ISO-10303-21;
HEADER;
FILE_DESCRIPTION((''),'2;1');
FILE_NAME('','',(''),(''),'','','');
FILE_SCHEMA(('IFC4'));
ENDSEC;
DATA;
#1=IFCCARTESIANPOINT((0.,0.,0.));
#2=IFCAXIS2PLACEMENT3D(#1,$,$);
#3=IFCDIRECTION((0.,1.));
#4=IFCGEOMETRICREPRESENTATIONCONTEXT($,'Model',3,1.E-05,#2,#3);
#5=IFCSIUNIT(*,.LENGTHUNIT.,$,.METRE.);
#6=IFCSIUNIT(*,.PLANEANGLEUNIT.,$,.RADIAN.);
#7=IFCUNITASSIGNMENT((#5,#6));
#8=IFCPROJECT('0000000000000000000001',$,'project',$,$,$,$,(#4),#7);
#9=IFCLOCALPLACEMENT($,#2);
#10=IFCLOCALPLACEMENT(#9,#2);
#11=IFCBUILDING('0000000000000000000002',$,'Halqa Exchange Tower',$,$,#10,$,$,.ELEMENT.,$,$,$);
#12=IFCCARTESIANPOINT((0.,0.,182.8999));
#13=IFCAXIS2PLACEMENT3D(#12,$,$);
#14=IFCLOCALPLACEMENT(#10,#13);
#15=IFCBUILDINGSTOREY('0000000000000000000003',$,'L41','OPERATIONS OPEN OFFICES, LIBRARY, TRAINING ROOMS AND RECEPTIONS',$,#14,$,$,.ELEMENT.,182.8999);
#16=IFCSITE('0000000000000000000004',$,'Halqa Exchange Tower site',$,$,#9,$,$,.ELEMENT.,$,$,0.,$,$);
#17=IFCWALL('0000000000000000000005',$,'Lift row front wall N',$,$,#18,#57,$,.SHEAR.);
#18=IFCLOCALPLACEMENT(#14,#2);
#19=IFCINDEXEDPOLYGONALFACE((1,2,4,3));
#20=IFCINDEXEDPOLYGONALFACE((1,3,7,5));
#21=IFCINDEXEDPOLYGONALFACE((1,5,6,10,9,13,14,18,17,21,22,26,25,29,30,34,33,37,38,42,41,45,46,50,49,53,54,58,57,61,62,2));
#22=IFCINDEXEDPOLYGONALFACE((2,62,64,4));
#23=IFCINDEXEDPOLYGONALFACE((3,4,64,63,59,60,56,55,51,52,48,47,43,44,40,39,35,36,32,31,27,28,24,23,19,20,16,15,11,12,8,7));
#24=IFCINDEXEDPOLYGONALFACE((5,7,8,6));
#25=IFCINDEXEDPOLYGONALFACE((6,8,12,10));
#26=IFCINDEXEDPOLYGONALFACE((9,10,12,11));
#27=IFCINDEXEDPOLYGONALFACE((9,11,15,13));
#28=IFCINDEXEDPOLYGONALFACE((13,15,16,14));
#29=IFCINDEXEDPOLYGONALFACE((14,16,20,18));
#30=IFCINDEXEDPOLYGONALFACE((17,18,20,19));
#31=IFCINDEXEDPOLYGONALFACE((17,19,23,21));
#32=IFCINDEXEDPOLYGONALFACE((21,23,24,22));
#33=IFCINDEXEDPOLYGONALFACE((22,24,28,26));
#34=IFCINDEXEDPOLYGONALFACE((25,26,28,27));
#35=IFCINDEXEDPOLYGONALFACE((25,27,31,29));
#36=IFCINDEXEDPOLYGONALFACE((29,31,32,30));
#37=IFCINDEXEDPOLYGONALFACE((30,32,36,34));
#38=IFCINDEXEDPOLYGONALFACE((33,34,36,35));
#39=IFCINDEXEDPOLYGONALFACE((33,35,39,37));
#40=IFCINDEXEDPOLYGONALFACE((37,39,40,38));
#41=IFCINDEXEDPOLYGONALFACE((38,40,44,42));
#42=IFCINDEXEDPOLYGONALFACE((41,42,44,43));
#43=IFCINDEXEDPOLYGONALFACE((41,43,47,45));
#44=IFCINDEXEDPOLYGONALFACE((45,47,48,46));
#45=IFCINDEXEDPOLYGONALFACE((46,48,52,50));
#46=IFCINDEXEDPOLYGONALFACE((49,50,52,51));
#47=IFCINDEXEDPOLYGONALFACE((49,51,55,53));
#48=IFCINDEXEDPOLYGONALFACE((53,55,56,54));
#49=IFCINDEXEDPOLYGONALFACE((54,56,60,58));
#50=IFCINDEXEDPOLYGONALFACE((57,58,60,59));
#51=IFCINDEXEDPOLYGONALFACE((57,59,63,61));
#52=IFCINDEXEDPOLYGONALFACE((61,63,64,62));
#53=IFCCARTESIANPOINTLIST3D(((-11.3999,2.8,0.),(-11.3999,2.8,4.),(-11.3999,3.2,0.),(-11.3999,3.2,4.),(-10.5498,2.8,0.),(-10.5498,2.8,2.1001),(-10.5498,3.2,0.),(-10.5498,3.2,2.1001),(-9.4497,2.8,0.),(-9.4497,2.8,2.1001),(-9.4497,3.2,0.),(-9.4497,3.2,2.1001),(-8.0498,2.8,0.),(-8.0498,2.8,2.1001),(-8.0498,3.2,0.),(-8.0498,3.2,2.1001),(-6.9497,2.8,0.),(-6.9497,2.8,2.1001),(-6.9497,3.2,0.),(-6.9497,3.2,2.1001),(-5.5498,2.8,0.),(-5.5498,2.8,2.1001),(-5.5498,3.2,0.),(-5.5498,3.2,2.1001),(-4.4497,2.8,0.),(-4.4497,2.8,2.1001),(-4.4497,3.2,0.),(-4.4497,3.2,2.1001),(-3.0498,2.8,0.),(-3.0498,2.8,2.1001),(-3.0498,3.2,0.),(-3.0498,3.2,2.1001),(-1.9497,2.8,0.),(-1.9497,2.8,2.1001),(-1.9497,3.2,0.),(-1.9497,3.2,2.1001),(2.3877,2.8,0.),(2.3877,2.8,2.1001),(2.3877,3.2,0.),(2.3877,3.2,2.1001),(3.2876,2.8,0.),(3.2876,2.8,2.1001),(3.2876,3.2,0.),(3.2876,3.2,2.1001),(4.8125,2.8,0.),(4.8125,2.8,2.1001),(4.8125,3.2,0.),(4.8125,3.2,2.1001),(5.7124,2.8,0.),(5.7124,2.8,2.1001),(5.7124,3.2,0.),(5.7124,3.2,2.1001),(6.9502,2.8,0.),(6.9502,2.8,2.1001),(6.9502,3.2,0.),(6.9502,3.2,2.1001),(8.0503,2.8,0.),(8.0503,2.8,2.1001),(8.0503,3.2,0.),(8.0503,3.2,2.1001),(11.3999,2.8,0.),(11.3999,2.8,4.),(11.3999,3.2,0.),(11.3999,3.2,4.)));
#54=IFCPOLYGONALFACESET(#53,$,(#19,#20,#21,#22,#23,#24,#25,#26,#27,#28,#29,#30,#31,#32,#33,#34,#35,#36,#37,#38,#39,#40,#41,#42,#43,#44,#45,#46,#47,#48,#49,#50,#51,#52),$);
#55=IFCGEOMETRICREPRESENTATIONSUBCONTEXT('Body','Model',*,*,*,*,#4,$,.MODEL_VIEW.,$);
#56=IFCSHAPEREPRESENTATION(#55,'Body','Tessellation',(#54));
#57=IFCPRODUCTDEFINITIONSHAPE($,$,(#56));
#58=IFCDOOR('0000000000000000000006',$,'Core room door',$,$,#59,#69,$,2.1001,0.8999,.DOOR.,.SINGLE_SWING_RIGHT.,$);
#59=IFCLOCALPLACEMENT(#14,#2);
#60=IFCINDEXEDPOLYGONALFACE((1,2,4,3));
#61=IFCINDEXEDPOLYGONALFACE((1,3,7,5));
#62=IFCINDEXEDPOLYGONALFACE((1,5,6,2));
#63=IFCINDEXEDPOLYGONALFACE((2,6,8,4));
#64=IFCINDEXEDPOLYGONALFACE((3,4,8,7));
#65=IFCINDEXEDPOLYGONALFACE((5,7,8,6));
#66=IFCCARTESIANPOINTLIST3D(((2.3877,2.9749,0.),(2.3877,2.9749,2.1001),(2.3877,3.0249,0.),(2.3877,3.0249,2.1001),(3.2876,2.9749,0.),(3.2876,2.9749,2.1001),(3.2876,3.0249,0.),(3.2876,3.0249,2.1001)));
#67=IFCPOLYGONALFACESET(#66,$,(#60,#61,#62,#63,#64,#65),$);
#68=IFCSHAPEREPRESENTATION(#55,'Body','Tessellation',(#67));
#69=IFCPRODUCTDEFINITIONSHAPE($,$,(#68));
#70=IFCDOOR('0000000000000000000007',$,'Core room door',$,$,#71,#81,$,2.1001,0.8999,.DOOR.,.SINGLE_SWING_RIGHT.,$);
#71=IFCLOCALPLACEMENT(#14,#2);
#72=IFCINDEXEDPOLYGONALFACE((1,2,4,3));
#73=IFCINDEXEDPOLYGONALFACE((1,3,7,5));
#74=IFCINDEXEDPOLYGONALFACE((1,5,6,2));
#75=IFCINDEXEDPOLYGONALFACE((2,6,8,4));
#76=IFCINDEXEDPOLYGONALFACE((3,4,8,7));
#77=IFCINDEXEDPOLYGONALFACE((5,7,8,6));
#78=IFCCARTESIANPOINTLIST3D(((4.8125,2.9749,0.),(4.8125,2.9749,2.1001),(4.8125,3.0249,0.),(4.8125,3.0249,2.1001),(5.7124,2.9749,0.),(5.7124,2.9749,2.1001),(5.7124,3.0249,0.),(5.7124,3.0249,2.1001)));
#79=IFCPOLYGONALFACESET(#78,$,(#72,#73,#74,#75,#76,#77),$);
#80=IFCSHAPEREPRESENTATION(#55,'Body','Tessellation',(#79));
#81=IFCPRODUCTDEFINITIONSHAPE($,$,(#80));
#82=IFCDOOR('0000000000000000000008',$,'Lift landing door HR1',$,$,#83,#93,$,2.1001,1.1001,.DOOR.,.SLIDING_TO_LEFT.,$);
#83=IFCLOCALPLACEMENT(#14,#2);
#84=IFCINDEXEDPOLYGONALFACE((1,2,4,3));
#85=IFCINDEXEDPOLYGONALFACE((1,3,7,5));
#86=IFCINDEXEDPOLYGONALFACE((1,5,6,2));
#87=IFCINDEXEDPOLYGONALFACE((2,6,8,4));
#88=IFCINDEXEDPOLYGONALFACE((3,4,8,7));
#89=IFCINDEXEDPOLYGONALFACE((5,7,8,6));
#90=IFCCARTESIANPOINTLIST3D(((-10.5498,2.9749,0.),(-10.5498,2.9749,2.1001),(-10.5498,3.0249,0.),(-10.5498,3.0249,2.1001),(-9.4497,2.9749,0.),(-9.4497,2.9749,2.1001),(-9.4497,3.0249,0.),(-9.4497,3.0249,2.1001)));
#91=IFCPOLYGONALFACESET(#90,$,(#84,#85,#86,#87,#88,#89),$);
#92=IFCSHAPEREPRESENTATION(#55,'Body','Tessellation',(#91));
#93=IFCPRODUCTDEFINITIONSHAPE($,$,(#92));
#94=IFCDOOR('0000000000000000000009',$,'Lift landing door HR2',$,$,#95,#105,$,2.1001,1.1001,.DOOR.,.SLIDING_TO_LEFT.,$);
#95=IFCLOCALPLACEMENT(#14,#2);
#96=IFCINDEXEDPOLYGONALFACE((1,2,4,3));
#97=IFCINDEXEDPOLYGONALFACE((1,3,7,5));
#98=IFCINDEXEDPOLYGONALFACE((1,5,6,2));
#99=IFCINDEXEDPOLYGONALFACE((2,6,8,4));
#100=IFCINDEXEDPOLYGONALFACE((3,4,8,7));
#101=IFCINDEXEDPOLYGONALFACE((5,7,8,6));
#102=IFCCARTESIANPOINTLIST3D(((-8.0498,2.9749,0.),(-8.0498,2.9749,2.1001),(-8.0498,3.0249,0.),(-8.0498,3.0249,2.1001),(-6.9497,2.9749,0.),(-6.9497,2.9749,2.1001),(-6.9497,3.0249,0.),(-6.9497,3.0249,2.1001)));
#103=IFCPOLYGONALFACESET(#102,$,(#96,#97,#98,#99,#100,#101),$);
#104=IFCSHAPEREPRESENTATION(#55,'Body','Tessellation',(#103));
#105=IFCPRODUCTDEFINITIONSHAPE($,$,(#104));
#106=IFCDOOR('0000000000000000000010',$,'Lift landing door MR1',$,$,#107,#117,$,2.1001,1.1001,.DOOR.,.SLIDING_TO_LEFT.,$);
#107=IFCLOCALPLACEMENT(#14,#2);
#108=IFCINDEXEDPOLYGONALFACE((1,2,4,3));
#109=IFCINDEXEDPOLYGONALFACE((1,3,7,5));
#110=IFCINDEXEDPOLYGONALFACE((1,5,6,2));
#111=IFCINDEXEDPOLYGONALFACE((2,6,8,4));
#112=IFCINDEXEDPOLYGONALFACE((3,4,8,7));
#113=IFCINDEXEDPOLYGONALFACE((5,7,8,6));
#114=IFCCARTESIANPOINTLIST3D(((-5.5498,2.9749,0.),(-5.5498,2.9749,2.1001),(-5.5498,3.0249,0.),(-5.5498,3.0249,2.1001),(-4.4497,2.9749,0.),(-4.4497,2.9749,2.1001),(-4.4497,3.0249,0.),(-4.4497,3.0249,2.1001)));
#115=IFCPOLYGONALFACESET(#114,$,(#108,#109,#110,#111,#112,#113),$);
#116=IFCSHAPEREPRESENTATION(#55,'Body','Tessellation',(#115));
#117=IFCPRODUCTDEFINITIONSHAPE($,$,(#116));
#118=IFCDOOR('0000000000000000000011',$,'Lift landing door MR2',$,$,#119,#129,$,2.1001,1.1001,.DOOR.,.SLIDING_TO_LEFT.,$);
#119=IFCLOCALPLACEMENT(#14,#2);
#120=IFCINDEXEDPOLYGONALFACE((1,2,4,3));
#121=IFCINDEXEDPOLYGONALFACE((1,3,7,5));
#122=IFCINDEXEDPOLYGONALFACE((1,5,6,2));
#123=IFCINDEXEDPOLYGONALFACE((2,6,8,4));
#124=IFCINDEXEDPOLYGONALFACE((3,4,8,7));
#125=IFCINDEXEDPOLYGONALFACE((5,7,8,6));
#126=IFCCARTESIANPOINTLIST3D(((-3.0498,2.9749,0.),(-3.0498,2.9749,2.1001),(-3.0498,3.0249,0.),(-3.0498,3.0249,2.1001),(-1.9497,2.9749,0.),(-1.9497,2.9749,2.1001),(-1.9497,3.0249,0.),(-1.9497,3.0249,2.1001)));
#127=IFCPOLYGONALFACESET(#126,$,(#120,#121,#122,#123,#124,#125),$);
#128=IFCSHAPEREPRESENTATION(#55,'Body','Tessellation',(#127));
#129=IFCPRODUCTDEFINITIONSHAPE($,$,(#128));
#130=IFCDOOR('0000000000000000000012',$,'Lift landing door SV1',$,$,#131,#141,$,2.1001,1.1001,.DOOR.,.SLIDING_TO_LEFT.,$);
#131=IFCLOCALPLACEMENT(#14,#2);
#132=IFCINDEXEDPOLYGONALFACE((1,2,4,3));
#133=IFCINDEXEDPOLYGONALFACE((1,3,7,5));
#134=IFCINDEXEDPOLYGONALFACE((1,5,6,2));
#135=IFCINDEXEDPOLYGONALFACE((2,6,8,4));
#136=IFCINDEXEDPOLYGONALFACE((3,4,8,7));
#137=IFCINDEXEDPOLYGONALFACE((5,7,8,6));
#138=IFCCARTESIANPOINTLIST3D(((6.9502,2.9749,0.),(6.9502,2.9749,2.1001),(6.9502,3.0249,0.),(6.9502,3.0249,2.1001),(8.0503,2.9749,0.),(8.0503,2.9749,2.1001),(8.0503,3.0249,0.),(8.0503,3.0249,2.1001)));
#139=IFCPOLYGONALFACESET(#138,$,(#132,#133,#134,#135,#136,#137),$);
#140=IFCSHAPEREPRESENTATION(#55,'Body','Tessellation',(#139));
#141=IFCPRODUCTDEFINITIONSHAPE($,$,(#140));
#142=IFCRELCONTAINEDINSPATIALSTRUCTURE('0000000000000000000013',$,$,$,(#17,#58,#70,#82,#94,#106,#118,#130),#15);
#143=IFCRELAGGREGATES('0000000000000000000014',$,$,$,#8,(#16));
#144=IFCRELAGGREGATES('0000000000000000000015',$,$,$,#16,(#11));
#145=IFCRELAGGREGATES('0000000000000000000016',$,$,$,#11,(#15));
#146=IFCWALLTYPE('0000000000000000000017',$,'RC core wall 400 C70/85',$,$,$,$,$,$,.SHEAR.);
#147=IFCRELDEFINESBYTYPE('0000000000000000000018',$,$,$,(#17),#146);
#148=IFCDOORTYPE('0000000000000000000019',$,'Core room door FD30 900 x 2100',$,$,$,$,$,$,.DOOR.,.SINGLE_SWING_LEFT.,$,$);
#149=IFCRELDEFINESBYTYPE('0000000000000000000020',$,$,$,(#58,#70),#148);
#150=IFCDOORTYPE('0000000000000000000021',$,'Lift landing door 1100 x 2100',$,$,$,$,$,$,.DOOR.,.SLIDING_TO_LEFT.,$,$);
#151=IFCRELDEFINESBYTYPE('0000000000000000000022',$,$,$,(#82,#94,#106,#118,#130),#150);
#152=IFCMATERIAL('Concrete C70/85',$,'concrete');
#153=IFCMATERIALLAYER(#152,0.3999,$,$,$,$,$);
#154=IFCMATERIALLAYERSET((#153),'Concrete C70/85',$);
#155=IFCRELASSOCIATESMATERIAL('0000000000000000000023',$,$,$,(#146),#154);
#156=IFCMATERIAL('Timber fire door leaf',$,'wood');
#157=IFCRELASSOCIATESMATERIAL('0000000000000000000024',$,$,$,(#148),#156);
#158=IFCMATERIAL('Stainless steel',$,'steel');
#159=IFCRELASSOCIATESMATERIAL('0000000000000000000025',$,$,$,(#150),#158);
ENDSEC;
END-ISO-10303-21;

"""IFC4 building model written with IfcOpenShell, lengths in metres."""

from ifc_helpers import new_model, si_unit, direction, frame, frame_2d, origin, place, context, subcontext, project, spatial, rectangle, extrude, material, layer, layer_set, type_object, element, fill, save


model = new_model("IFC4")

# Units and contexts
model_context = context("Model", 3, precision=1e-05, world=origin(), true_north=direction((0.0, 1.0)))
body_context = subcontext(model_context, "Body", "Model", "MODEL_VIEW")
ifc_project = project(units=[si_unit("LENGTHUNIT", "METRE"), si_unit("PLANEANGLEUNIT", "RADIAN")], contexts=[model_context])

# Site, building, storey
site_placement = place(None, origin())
site = spatial("IfcSite", under=ifc_project, at=site_placement, Name="Halqa Exchange Tower site", CompositionType="ELEMENT", RefElevation=0.0)
building_placement = place(site_placement, origin())
building = spatial("IfcBuilding", under=site, at=building_placement, Name="Halqa Exchange Tower", CompositionType="ELEMENT")
storey_placement = place(building_placement, frame((0.0, 0.0, 182.8999)))
storey = spatial("IfcBuildingStorey", under=building, at=storey_placement, Name="L41", Description="OPERATIONS OPEN OFFICES, LIBRARY, TRAINING ROOMS AND RECEPTIONS", CompositionType="ELEMENT", Elevation=182.8999)

# Wall, openings, doors
ifc_material_1 = material(Name="Concrete C70/85", Category="concrete")
ifc_layer_1 = layer(ifc_material_1, 0.3999)
ifc_layer_set_1 = layer_set([ifc_layer_1], Name="Concrete C70/85")
wall_type_1 = type_object("IfcWallType", Name="RC core wall 400 C70/85", PredefinedType="SHEAR", material=ifc_layer_set_1)
wall_1_placement = place(storey_placement, frame((-11.3999, 3.0, 0.0), z_axis=(0.0, 0.0, 1.0), x_axis=(1.0, 0.0, 0.0)))
wall_1 = element("IfcWall", 1, at=wall_1_placement, inside=storey, type_object=wall_type_1, Name="Lift row front wall N", PredefinedType="SHEAR", context=body_context, shape_type="SweptSolid", body=[
    extrude(rectangle(XDim=22.7998, YDim=0.3999, at=frame_2d((11.3999, 0.0))), origin(), (0.0, 0.0, 1.0), 4.0),
])
opening_1_placement = place(wall_1_placement, frame((0.8501, 0.0, 0.0)))
opening_1 = element("IfcOpeningElement", 2, at=opening_1_placement, cuts=wall_1, PredefinedType="OPENING", context=body_context, shape_type="SweptSolid", body=[
    extrude(rectangle(XDim=1.1001, YDim=2.1001, at=frame_2d((0.55, 1.05))), frame((0.0, 0.2119, 0.0), z_axis=(0.0, -1.0, 0.0), x_axis=(1.0, 0.0, 0.0)), (0.0, 0.0, 1.0), 0.4238),
])
opening_2_placement = place(wall_1_placement, frame((3.3501, 0.0, 0.0)))
opening_2 = element("IfcOpeningElement", 3, at=opening_2_placement, cuts=wall_1, PredefinedType="OPENING", context=body_context, shape_type="SweptSolid", body=[
    extrude(rectangle(XDim=1.1001, YDim=2.1001, at=frame_2d((0.55, 1.05))), frame((0.0, 0.2119, 0.0), z_axis=(0.0, -1.0, 0.0), x_axis=(1.0, 0.0, 0.0)), (0.0, 0.0, 1.0), 0.4238),
])
opening_3_placement = place(wall_1_placement, frame((5.8501, 0.0, 0.0)))
opening_3 = element("IfcOpeningElement", 4, at=opening_3_placement, cuts=wall_1, PredefinedType="OPENING", context=body_context, shape_type="SweptSolid", body=[
    extrude(rectangle(XDim=1.1001, YDim=2.1001, at=frame_2d((0.55, 1.05))), frame((0.0, 0.2119, 0.0), z_axis=(0.0, -1.0, 0.0), x_axis=(1.0, 0.0, 0.0)), (0.0, 0.0, 1.0), 0.4238),
])
opening_4_placement = place(wall_1_placement, frame((8.3501, 0.0, 0.0)))
opening_4 = element("IfcOpeningElement", 5, at=opening_4_placement, cuts=wall_1, PredefinedType="OPENING", context=body_context, shape_type="SweptSolid", body=[
    extrude(rectangle(XDim=1.1001, YDim=2.1001, at=frame_2d((0.55, 1.05))), frame((0.0, 0.2119, 0.0), z_axis=(0.0, -1.0, 0.0), x_axis=(1.0, 0.0, 0.0)), (0.0, 0.0, 1.0), 0.4238),
])
opening_5_placement = place(wall_1_placement, frame((18.3501, 0.0, 0.0)))
opening_5 = element("IfcOpeningElement", 6, at=opening_5_placement, cuts=wall_1, PredefinedType="OPENING", context=body_context, shape_type="SweptSolid", body=[
    extrude(rectangle(XDim=1.1001, YDim=2.1001, at=frame_2d((0.55, 1.05))), frame((0.0, 0.2119, 0.0), z_axis=(0.0, -1.0, 0.0), x_axis=(1.0, 0.0, 0.0)), (0.0, 0.0, 1.0), 0.4238),
])
opening_6_placement = place(wall_1_placement, frame((13.7876, 0.0, 0.0)))
opening_6 = element("IfcOpeningElement", 7, at=opening_6_placement, cuts=wall_1, PredefinedType="OPENING", context=body_context, shape_type="SweptSolid", body=[
    extrude(rectangle(XDim=0.8999, YDim=2.1001, at=frame_2d((0.45, 1.05))), frame((0.0, 0.2119, 0.0), z_axis=(0.0, -1.0, 0.0), x_axis=(1.0, 0.0, 0.0)), (0.0, 0.0, 1.0), 0.4238),
])
opening_7_placement = place(wall_1_placement, frame((16.2124, 0.0, 0.0)))
opening_7 = element("IfcOpeningElement", 8, at=opening_7_placement, cuts=wall_1, PredefinedType="OPENING", context=body_context, shape_type="SweptSolid", body=[
    extrude(rectangle(XDim=0.8999, YDim=2.1001, at=frame_2d((0.45, 1.05))), frame((0.0, 0.2119, 0.0), z_axis=(0.0, -1.0, 0.0), x_axis=(1.0, 0.0, 0.0)), (0.0, 0.0, 1.0), 0.4238),
])
ifc_material_2 = material(Name="Timber fire door leaf", Category="wood")
door_type_1 = type_object("IfcDoorType", Name="Core room door FD30 900 x 2100", OperationType="SINGLE_SWING_LEFT", PredefinedType="DOOR", material=ifc_material_2)
door_1_placement = place(opening_6_placement, origin())
door_1 = element("IfcDoor", 9, at=door_1_placement, inside=storey, type_object=door_type_1, Name="Core room door", OperationType="SINGLE_SWING_RIGHT", OverallHeight=2.1001, OverallWidth=0.8999, PredefinedType="DOOR", context=body_context, shape_type="SweptSolid", body=[
    extrude(rectangle(XDim=0.8999, YDim=2.1001, at=frame_2d((0.45, 1.05))), frame((0.0, 0.0249, 0.0), z_axis=(0.0, -1.0, 0.0), x_axis=(1.0, 0.0, 0.0)), (0.0, 0.0, 1.0), 0.05),
])
fill(opening_6, door_1)
door_2_placement = place(opening_7_placement, origin())
door_2 = element("IfcDoor", 10, at=door_2_placement, inside=storey, type_object=door_type_1, Name="Core room door", OperationType="SINGLE_SWING_RIGHT", OverallHeight=2.1001, OverallWidth=0.8999, PredefinedType="DOOR", context=body_context, shape_type="SweptSolid", body=[
    extrude(rectangle(XDim=0.8999, YDim=2.1001, at=frame_2d((0.45, 1.05))), frame((0.0, 0.0249, 0.0), z_axis=(0.0, -1.0, 0.0), x_axis=(1.0, 0.0, 0.0)), (0.0, 0.0, 1.0), 0.05),
])
fill(opening_7, door_2)
ifc_material_3 = material(Name="Stainless steel", Category="steel")
door_type_2 = type_object("IfcDoorType", Name="Lift landing door 1100 x 2100", OperationType="SLIDING_TO_LEFT", PredefinedType="DOOR", material=ifc_material_3)
door_3_placement = place(opening_1_placement, origin())
door_3 = element("IfcDoor", 11, at=door_3_placement, inside=storey, type_object=door_type_2, Name="Lift landing door HR1", OperationType="SLIDING_TO_LEFT", OverallHeight=2.1001, OverallWidth=1.1001, PredefinedType="DOOR", context=body_context, shape_type="SweptSolid", body=[
    extrude(rectangle(XDim=1.1001, YDim=2.1001, at=frame_2d((0.55, 1.05))), frame((0.0, 0.0249, 0.0), z_axis=(0.0, -1.0, 0.0), x_axis=(1.0, 0.0, 0.0)), (0.0, 0.0, 1.0), 0.05),
])
fill(opening_1, door_3)
door_4_placement = place(opening_2_placement, origin())
door_4 = element("IfcDoor", 12, at=door_4_placement, inside=storey, type_object=door_type_2, Name="Lift landing door HR2", OperationType="SLIDING_TO_LEFT", OverallHeight=2.1001, OverallWidth=1.1001, PredefinedType="DOOR", context=body_context, shape_type="SweptSolid", body=[
    extrude(rectangle(XDim=1.1001, YDim=2.1001, at=frame_2d((0.55, 1.05))), frame((0.0, 0.0249, 0.0), z_axis=(0.0, -1.0, 0.0), x_axis=(1.0, 0.0, 0.0)), (0.0, 0.0, 1.0), 0.05),
])
fill(opening_2, door_4)
door_5_placement = place(opening_3_placement, origin())
door_5 = element("IfcDoor", 13, at=door_5_placement, inside=storey, type_object=door_type_2, Name="Lift landing door MR1", OperationType="SLIDING_TO_LEFT", OverallHeight=2.1001, OverallWidth=1.1001, PredefinedType="DOOR", context=body_context, shape_type="SweptSolid", body=[
    extrude(rectangle(XDim=1.1001, YDim=2.1001, at=frame_2d((0.55, 1.05))), frame((0.0, 0.0249, 0.0), z_axis=(0.0, -1.0, 0.0), x_axis=(1.0, 0.0, 0.0)), (0.0, 0.0, 1.0), 0.05),
])
fill(opening_3, door_5)
door_6_placement = place(opening_4_placement, origin())
door_6 = element("IfcDoor", 14, at=door_6_placement, inside=storey, type_object=door_type_2, Name="Lift landing door MR2", OperationType="SLIDING_TO_LEFT", OverallHeight=2.1001, OverallWidth=1.1001, PredefinedType="DOOR", context=body_context, shape_type="SweptSolid", body=[
    extrude(rectangle(XDim=1.1001, YDim=2.1001, at=frame_2d((0.55, 1.05))), frame((0.0, 0.0249, 0.0), z_axis=(0.0, -1.0, 0.0), x_axis=(1.0, 0.0, 0.0)), (0.0, 0.0, 1.0), 0.05),
])
fill(opening_4, door_6)
door_7_placement = place(opening_5_placement, origin())
door_7 = element("IfcDoor", 15, at=door_7_placement, inside=storey, type_object=door_type_2, Name="Lift landing door SV1", OperationType="SLIDING_TO_LEFT", OverallHeight=2.1001, OverallWidth=1.1001, PredefinedType="DOOR", context=body_context, shape_type="SweptSolid", body=[
    extrude(rectangle(XDim=1.1001, YDim=2.1001, at=frame_2d((0.55, 1.05))), frame((0.0, 0.0249, 0.0), z_axis=(0.0, -1.0, 0.0), x_axis=(1.0, 0.0, 0.0)), (0.0, 0.0, 1.0), 0.05),
])
fill(opening_5, door_7)

save(model, "model.ifc")
